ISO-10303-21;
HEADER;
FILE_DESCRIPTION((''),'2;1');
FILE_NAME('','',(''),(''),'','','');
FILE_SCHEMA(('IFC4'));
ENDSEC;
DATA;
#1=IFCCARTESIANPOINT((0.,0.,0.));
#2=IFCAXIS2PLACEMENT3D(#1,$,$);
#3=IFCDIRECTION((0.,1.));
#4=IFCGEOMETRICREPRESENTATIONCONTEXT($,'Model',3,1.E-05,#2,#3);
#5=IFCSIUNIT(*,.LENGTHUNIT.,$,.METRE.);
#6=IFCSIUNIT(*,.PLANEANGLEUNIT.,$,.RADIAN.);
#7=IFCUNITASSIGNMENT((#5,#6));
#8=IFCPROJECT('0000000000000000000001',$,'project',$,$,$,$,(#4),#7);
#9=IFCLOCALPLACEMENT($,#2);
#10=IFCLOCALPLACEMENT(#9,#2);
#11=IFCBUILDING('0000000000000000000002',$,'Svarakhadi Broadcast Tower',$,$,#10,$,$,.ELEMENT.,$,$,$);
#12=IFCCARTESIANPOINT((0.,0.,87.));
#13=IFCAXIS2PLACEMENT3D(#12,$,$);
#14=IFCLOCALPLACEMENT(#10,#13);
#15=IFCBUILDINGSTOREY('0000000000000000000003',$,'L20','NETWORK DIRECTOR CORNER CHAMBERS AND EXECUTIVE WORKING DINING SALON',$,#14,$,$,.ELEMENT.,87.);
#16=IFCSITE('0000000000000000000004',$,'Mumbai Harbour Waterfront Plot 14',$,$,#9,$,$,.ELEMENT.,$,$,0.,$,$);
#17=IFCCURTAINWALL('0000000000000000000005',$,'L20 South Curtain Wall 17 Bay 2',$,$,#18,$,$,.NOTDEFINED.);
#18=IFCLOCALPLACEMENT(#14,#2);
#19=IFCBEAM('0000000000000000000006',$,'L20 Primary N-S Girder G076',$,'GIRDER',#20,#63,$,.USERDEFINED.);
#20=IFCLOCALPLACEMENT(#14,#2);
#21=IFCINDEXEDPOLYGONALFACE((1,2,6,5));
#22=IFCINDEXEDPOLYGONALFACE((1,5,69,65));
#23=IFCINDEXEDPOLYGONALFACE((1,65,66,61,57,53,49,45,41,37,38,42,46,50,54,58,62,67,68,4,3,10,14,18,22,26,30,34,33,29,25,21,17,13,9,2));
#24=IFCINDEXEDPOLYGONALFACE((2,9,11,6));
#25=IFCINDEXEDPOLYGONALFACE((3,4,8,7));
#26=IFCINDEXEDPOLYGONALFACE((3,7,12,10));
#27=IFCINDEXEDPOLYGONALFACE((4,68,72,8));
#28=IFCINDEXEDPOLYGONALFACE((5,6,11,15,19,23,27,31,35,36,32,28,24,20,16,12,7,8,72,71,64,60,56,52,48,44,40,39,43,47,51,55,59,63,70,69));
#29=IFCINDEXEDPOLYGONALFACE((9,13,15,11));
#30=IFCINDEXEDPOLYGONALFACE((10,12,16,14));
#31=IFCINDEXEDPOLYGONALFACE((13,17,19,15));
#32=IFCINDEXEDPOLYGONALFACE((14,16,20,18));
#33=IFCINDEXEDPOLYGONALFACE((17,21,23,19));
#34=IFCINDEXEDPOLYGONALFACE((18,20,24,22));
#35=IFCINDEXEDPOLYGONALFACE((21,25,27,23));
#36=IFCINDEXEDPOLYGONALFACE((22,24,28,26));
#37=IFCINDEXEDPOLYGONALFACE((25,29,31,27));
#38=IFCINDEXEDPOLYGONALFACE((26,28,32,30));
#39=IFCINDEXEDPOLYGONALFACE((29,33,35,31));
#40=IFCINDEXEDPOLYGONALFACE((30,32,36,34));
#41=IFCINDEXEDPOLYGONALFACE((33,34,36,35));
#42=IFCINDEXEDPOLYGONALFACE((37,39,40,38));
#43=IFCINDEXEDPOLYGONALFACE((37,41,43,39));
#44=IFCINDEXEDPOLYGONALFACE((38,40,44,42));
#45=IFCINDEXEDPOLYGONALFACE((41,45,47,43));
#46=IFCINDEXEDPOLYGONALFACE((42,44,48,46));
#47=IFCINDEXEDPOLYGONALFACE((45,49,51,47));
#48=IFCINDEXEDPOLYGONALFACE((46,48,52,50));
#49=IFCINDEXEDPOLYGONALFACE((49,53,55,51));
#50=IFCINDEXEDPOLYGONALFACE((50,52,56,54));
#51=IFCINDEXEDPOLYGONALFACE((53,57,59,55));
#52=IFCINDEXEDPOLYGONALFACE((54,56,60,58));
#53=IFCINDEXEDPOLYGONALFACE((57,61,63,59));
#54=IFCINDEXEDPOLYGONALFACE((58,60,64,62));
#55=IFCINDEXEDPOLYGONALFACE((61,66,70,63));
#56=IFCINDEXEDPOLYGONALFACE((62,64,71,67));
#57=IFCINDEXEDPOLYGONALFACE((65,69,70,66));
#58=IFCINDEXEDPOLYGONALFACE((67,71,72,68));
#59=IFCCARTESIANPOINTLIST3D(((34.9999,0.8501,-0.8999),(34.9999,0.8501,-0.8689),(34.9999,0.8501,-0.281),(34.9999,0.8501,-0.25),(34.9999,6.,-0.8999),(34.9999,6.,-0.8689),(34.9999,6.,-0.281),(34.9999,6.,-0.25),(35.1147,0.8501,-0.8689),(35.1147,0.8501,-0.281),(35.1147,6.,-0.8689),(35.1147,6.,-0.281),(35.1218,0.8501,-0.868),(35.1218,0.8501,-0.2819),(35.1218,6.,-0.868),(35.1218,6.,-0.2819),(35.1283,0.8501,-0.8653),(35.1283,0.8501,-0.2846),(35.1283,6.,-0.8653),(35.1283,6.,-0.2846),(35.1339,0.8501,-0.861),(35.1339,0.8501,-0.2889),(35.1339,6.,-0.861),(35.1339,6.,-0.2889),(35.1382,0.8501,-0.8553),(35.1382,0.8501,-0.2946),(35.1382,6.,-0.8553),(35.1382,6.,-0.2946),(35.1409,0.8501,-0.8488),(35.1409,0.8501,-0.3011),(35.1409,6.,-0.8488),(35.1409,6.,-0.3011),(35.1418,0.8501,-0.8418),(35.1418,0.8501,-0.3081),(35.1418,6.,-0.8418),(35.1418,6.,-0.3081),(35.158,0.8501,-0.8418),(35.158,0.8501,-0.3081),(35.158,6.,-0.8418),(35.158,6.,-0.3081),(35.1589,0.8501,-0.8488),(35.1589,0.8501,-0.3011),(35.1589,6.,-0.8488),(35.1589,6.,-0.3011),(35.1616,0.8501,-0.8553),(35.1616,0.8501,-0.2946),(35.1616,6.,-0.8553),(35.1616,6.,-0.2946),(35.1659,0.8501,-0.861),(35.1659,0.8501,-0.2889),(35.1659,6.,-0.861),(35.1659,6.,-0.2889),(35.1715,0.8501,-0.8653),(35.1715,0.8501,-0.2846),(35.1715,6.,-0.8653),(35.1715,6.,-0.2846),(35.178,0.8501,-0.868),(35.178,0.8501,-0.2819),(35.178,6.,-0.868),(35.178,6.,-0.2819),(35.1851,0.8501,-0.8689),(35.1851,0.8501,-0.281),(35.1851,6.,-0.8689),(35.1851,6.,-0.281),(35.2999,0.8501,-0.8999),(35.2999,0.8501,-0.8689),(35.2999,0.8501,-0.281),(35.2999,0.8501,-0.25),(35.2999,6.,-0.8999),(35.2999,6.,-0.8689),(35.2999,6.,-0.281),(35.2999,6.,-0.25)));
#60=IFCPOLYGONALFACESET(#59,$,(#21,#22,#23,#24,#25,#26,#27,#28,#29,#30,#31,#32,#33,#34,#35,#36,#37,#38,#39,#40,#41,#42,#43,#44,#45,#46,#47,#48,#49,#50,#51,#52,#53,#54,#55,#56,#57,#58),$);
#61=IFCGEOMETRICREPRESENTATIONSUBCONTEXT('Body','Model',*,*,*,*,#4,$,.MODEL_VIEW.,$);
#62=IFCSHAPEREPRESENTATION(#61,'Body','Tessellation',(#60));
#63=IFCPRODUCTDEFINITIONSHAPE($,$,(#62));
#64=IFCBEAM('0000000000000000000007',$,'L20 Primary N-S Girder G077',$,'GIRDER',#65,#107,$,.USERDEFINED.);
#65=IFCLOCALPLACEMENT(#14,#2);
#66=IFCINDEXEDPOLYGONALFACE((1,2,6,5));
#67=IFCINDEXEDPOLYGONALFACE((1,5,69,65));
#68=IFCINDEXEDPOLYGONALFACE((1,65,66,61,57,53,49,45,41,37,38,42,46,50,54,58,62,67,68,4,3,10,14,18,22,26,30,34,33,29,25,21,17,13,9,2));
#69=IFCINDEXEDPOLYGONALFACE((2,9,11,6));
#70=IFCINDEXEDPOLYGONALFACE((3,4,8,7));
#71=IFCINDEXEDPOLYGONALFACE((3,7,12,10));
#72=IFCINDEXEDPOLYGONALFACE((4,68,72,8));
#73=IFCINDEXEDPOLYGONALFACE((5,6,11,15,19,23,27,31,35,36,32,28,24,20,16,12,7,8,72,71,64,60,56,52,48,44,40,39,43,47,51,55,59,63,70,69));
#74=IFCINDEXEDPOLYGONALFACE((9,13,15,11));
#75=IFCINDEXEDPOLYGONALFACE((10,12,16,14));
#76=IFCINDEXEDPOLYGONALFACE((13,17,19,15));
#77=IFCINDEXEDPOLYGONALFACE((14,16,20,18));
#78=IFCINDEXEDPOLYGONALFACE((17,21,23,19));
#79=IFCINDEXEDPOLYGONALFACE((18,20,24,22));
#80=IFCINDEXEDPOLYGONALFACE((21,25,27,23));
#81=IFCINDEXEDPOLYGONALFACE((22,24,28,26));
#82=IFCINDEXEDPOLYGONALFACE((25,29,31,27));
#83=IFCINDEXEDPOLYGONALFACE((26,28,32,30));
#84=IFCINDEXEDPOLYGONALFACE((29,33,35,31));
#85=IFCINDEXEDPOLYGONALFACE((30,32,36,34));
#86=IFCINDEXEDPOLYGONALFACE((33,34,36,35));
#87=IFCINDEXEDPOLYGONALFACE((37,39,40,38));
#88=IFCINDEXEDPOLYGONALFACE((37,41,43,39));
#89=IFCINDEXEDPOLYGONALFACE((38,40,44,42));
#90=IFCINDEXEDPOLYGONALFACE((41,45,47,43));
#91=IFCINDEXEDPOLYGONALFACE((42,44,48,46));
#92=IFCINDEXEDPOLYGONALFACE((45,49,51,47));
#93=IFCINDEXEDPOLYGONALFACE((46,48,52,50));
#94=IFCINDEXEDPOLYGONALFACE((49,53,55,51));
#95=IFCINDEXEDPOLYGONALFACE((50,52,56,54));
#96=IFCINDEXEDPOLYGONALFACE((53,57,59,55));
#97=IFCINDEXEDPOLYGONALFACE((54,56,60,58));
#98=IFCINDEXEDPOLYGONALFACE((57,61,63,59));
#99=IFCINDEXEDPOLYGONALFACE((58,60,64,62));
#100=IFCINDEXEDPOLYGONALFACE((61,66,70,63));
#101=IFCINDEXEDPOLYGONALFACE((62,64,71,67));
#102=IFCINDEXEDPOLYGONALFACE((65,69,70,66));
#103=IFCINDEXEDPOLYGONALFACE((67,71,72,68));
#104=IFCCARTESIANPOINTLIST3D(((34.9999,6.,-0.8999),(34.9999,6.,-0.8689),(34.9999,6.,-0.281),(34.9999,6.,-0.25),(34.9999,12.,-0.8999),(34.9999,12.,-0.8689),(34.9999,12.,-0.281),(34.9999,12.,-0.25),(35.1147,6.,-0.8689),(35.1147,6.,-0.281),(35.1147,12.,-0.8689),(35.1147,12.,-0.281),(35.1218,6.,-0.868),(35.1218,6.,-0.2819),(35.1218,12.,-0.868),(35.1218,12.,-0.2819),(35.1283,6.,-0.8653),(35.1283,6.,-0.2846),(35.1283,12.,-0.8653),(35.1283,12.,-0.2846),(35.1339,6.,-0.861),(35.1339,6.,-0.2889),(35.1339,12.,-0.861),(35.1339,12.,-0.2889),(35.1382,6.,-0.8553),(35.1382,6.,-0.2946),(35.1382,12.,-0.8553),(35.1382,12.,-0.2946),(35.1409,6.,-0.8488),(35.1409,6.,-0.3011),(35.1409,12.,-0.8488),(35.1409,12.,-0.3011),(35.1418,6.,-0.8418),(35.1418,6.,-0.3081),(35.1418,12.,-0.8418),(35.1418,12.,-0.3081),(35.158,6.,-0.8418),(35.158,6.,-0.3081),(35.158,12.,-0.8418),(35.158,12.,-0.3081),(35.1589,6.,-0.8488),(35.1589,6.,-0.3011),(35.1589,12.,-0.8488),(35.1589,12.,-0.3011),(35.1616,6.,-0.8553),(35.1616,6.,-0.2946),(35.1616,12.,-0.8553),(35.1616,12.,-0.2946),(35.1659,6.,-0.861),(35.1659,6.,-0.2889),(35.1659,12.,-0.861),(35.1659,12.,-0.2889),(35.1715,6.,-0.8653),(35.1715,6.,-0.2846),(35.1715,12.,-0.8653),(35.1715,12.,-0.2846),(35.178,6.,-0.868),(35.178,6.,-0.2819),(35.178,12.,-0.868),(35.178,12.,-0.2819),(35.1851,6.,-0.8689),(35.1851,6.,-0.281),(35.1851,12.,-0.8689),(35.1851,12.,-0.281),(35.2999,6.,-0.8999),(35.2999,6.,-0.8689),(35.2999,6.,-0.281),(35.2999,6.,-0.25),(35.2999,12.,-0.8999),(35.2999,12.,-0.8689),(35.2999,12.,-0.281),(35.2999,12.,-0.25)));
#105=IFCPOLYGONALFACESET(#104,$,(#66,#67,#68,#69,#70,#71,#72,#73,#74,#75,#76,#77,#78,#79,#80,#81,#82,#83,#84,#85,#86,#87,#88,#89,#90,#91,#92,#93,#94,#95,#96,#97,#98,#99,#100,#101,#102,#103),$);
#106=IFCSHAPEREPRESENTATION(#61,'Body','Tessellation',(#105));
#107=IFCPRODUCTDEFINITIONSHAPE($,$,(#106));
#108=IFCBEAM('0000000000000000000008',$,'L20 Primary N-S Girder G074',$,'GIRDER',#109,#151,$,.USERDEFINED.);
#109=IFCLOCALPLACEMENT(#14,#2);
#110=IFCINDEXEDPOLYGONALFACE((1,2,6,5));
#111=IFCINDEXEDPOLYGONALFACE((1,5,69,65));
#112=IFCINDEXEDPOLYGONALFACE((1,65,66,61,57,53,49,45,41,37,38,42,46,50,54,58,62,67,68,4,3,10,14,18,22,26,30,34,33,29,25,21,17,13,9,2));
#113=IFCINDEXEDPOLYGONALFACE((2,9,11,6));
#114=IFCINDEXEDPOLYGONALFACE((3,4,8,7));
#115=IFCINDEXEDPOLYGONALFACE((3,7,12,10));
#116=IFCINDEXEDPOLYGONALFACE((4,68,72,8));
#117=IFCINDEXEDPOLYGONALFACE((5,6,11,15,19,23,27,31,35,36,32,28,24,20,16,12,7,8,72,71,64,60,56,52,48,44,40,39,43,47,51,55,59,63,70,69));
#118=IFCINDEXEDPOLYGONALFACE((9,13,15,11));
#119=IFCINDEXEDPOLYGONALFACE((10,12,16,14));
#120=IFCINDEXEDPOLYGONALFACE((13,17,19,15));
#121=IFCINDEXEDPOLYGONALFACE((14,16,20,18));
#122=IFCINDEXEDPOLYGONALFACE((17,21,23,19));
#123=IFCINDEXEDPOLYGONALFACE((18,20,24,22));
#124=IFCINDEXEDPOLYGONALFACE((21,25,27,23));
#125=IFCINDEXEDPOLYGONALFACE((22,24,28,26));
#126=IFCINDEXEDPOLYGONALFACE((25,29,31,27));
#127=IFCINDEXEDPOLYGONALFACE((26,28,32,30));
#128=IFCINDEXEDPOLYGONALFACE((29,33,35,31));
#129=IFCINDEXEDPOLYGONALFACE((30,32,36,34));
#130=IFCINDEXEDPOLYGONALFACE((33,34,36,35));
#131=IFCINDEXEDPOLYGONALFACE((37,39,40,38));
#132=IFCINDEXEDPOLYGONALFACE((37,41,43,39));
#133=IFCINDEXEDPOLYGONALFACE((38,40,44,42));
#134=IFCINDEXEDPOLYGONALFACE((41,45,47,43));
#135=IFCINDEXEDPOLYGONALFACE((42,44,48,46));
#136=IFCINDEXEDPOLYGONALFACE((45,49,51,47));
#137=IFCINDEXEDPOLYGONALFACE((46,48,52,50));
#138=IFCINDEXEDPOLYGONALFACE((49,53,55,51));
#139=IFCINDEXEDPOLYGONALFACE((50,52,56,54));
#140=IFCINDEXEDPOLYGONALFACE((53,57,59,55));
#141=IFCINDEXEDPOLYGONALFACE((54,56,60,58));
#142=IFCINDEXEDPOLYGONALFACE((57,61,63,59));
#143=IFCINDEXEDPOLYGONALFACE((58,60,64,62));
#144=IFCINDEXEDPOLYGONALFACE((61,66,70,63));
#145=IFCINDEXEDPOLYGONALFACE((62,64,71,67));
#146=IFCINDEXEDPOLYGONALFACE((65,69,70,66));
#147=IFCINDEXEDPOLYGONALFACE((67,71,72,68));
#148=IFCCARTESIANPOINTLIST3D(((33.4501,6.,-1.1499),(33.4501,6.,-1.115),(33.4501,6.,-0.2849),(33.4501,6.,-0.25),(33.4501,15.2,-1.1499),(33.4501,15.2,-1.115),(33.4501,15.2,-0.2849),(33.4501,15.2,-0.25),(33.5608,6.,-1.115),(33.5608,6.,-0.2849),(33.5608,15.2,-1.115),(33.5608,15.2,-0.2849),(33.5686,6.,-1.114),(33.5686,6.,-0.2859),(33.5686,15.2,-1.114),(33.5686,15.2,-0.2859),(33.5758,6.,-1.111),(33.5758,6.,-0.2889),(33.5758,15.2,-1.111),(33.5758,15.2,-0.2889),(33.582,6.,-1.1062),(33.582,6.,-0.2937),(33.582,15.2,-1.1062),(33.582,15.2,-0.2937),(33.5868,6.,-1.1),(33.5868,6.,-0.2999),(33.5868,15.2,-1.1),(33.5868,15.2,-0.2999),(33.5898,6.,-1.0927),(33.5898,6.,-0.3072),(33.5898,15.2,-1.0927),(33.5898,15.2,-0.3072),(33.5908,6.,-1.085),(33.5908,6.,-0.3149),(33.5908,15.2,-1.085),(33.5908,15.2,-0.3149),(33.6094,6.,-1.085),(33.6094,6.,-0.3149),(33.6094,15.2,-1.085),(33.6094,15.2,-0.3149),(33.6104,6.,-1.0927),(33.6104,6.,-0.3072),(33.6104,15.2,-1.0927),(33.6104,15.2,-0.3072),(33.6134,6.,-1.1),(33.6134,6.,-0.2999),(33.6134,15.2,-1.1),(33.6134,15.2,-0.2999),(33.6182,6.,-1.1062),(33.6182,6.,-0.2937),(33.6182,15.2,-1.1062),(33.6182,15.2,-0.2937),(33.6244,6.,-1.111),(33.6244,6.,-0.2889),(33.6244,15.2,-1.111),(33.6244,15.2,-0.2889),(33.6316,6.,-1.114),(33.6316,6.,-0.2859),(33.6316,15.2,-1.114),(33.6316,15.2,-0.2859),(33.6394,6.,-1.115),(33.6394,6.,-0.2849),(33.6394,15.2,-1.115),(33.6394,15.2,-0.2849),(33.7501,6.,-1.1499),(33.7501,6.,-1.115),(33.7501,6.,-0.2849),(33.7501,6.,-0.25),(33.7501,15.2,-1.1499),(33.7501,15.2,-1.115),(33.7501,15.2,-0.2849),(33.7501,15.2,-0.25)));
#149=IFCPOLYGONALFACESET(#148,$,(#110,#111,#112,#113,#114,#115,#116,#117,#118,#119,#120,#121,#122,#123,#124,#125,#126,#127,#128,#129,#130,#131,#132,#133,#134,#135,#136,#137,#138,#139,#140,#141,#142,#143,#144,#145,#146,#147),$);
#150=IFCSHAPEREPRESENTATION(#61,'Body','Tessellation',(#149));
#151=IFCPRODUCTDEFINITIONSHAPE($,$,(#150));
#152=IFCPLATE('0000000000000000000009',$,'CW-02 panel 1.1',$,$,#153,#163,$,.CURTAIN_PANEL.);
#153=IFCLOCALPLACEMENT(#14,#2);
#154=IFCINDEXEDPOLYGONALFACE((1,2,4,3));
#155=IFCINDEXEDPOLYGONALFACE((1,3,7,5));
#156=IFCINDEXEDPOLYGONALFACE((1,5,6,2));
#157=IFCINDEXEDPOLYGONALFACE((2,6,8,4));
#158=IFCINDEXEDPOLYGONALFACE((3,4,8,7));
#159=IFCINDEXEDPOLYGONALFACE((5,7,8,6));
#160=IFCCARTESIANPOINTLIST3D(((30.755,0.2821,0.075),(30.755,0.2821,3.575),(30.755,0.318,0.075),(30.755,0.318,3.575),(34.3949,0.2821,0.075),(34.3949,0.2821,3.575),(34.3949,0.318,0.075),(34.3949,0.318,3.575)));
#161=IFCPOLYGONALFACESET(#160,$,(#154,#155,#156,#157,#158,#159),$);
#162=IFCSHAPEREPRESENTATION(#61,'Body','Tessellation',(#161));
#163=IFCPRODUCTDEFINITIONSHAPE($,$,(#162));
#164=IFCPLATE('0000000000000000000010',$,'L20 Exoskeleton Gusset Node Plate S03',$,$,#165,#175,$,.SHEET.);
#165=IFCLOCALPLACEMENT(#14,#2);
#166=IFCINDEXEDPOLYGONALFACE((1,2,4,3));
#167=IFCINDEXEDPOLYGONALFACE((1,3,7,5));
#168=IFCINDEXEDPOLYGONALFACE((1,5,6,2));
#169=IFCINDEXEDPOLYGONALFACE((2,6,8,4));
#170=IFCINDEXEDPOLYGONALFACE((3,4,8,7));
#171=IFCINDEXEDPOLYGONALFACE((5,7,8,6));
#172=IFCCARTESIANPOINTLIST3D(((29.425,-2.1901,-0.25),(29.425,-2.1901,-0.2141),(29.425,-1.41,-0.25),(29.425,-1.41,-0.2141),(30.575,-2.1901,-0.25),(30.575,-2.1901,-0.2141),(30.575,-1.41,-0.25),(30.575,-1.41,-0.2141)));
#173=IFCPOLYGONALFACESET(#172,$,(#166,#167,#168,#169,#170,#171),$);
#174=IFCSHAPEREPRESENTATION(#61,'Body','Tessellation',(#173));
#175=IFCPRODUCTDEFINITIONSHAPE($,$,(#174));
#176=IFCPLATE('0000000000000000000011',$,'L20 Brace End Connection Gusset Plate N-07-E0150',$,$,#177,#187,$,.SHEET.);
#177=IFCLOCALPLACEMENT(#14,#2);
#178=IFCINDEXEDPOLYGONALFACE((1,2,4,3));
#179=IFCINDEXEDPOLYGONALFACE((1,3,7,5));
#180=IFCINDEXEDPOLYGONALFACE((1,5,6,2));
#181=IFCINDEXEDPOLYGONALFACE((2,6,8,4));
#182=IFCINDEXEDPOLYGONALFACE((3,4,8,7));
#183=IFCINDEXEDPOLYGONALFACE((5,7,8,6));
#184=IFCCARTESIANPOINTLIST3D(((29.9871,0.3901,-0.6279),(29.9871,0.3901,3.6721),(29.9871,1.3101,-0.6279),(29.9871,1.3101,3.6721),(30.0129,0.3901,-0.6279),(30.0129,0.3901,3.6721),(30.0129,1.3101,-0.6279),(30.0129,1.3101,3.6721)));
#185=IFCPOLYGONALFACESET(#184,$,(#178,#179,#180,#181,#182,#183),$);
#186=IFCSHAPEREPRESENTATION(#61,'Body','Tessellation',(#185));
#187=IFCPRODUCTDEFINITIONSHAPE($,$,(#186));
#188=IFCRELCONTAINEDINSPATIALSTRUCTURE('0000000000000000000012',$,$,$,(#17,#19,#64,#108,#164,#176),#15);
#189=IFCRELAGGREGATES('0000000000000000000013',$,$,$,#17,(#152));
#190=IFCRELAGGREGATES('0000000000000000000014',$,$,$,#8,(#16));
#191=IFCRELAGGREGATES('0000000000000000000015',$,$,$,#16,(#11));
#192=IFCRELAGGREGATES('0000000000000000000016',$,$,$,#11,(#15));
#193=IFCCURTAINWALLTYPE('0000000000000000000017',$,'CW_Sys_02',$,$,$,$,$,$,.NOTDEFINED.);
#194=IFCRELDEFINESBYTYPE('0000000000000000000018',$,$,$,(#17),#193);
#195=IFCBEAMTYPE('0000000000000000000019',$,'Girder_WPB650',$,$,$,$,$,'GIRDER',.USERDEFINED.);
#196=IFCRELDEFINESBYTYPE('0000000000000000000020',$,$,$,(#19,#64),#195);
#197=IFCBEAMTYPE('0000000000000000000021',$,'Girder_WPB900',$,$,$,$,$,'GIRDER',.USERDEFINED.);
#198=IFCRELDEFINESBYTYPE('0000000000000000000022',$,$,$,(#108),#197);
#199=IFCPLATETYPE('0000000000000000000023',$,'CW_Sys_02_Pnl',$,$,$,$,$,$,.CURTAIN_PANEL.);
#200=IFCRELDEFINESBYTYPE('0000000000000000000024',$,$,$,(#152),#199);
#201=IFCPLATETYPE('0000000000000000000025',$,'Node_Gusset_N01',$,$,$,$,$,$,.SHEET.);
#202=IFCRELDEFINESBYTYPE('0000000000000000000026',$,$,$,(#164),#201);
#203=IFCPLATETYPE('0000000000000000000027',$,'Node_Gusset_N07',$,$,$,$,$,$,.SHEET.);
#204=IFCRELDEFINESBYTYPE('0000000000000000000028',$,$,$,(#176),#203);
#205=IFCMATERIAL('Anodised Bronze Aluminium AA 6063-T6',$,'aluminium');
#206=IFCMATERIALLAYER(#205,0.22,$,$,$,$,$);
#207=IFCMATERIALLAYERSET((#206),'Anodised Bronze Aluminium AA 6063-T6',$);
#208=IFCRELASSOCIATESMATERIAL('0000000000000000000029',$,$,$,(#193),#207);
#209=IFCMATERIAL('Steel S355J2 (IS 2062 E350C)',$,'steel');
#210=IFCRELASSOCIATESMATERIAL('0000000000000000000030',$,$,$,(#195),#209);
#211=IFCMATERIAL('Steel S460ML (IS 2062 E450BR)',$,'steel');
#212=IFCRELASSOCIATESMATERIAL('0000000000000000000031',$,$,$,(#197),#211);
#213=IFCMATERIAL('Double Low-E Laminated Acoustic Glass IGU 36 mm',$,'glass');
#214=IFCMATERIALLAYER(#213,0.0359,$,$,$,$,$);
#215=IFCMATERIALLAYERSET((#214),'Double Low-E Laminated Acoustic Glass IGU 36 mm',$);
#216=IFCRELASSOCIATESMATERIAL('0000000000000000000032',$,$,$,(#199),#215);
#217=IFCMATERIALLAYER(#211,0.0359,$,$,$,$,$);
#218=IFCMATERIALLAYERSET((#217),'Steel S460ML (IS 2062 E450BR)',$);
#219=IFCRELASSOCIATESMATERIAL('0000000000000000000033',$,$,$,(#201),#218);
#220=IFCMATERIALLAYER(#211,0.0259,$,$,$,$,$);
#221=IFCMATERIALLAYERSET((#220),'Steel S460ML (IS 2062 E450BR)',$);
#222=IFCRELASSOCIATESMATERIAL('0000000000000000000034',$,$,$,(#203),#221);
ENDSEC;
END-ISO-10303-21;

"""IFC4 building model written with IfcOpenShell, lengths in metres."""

from ifc_helpers import new_model, si_unit, direction, frame, origin, origin_2d, place, context, subcontext, project, spatial, rectangle, i_section, extrude, material, layer, layer_set, material_profile, profile_set, type_object, element, aggregate, save


model = new_model("IFC4")

# Units and contexts
model_context = context("Model", 3, precision=1e-05, world=origin(), true_north=direction((0.0, 1.0)))
body_context = subcontext(model_context, "Body", "Model", "MODEL_VIEW")
ifc_project = project(units=[si_unit("LENGTHUNIT", "METRE"), si_unit("PLANEANGLEUNIT", "RADIAN")], contexts=[model_context])

# Site, building, storey
site_placement = place(None, origin())
site = spatial("IfcSite", under=ifc_project, at=site_placement, Name="Mumbai Harbour Waterfront Plot 14", CompositionType="ELEMENT", RefElevation=0.0)
building_placement = place(site_placement, origin())
building = spatial("IfcBuilding", under=site, at=building_placement, Name="Svarakhadi Broadcast Tower", CompositionType="ELEMENT")
storey_placement = place(building_placement, frame((0.0, 0.0, 87.0)))
storey = spatial("IfcBuildingStorey", under=building, at=storey_placement, Name="L20", Description="NETWORK DIRECTOR CORNER CHAMBERS AND EXECUTIVE WORKING DINING SALON", CompositionType="ELEMENT", Elevation=87.0)

# Shared definitions
ifc_material_1 = material(Name="Steel S460ML (IS 2062 E450BR)", Category="steel")

# Curtain wall
ifc_material_2 = material(Name="Anodised Bronze Aluminium AA 6063-T6", Category="aluminium")
ifc_layer_1 = layer(ifc_material_2, 0.22)
ifc_layer_set_1 = layer_set([ifc_layer_1], Name="Anodised Bronze Aluminium AA 6063-T6")
curtain_wall_type = type_object("IfcCurtainWallType", Name="CW_Sys_02", PredefinedType="NOTDEFINED", material=ifc_layer_set_1)
curtain_wall_1_placement = place(storey_placement, origin())
curtain_wall_1 = element("IfcCurtainWall", 1, at=curtain_wall_1_placement, inside=storey, type_object=curtain_wall_type, Name="L20 South Curtain Wall 17 Bay 2", PredefinedType="NOTDEFINED")

# Beams
ifc_material_3 = material(Name="Steel S355J2 (IS 2062 E350C)", Category="steel")
ifc_material_profile_1 = material_profile(ifc_material_3, i_section(OverallWidth=0.3, OverallDepth=0.6499, WebThickness=0.0161, FlangeThickness=0.031, FilletRadius=0.0271, at=origin_2d()), Name="WPB 650x300x225")
ifc_profile_set_1 = profile_set([ifc_material_profile_1], Name="Steel S355J2 (IS 2062 E350C)")
beam_type_1 = type_object("IfcBeamType", Name="Girder_WPB650", ElementType="GIRDER", PredefinedType="USERDEFINED", material=ifc_profile_set_1)
beam_1_placement = place(storey_placement, frame((35.1499, 0.8501, -0.575), z_axis=(0.0, 1.0, 0.0), x_axis=(-1.0, 0.0, 0.0)))
element("IfcBeam", 2, at=beam_1_placement, inside=storey, type_object=beam_type_1, Name="L20 Primary N-S Girder G076", ObjectType="GIRDER", PredefinedType="USERDEFINED", context=body_context, shape_type="SweptSolid", body=[
    extrude(i_section(OverallWidth=0.3, OverallDepth=0.6499, WebThickness=0.0161, FlangeThickness=0.031, FilletRadius=0.0271, at=origin_2d()), origin(), (0.0, 0.0, 1.0), 5.1499),
])
beam_2_placement = place(storey_placement, frame((35.1499, 6.0, -0.575), z_axis=(0.0, 1.0, 0.0), x_axis=(-1.0, 0.0, 0.0)))
element("IfcBeam", 3, at=beam_2_placement, inside=storey, type_object=beam_type_1, Name="L20 Primary N-S Girder G077", ObjectType="GIRDER", PredefinedType="USERDEFINED", context=body_context, shape_type="SweptSolid", body=[
    extrude(i_section(OverallWidth=0.3, OverallDepth=0.6499, WebThickness=0.0161, FlangeThickness=0.031, FilletRadius=0.0271, at=origin_2d()), origin(), (0.0, 0.0, 1.0), 6.0),
])
ifc_material_profile_2 = material_profile(ifc_material_1, i_section(OverallWidth=0.3, OverallDepth=0.8999, WebThickness=0.0186, FlangeThickness=0.0349, FilletRadius=0.03, at=origin_2d()), Name="WPB 900x300x291")
ifc_profile_set_2 = profile_set([ifc_material_profile_2], Name="Steel S460ML (IS 2062 E450BR)")
beam_type_2 = type_object("IfcBeamType", Name="Girder_WPB900", ElementType="GIRDER", PredefinedType="USERDEFINED", material=ifc_profile_set_2)
beam_3_placement = place(storey_placement, frame((33.6001, 6.0, -0.7), z_axis=(0.0, 1.0, 0.0), x_axis=(-1.0, 0.0, 0.0)))
element("IfcBeam", 4, at=beam_3_placement, inside=storey, type_object=beam_type_2, Name="L20 Primary N-S Girder G074", ObjectType="GIRDER", PredefinedType="USERDEFINED", context=body_context, shape_type="SweptSolid", body=[
    extrude(i_section(OverallWidth=0.3, OverallDepth=0.8999, WebThickness=0.0186, FlangeThickness=0.0349, FilletRadius=0.03, at=origin_2d()), origin(), (0.0, 0.0, 1.0), 9.2),
])

# Plate
ifc_material_4 = material(Name="Double Low-E Laminated Acoustic Glass IGU 36 mm", Category="glass")
ifc_layer_2 = layer(ifc_material_4, 0.0359)
ifc_layer_set_2 = layer_set([ifc_layer_2], Name="Double Low-E Laminated Acoustic Glass IGU 36 mm")
plate_type_1 = type_object("IfcPlateType", Name="CW_Sys_02_Pnl", PredefinedType="CURTAIN_PANEL", material=ifc_layer_set_2)
plate_1_placement = place(storey_placement, frame((32.575, 0.3, 0.075), z_axis=(0.0, 0.0, 1.0), x_axis=(-1.0, 0.0, 0.0)))
plate_1 = element("IfcPlate", 5, at=plate_1_placement, type_object=plate_type_1, Name="CW-02 panel 1.1", PredefinedType="CURTAIN_PANEL", context=body_context, shape_type="SweptSolid", body=[
    extrude(rectangle(XDim=3.6399, YDim=0.0359, at=origin_2d()), origin(), (0.0, 0.0, 1.0), 3.5),
])
aggregate(curtain_wall_1, [plate_1])

# Plates
ifc_layer_3 = layer(ifc_material_1, 0.0359)
ifc_layer_set_3 = layer_set([ifc_layer_3], Name="Steel S460ML (IS 2062 E450BR)")
plate_type_2 = type_object("IfcPlateType", Name="Node_Gusset_N01", PredefinedType="SHEET", material=ifc_layer_set_3)
plate_2_placement = place(storey_placement, frame((30.0, -1.8, -0.25), z_axis=(0.0, 0.0, 1.0), x_axis=(1.0, 0.0, 0.0)))
element("IfcPlate", 6, at=plate_2_placement, inside=storey, type_object=plate_type_2, Name="L20 Exoskeleton Gusset Node Plate S03", PredefinedType="SHEET", context=body_context, shape_type="SweptSolid", body=[
    extrude(rectangle(XDim=1.1499, YDim=0.78, at=origin_2d()), origin(), (0.0, 0.0, 1.0), 0.0359),
])
ifc_layer_4 = layer(ifc_material_1, 0.0259)
ifc_layer_set_4 = layer_set([ifc_layer_4], Name="Steel S460ML (IS 2062 E450BR)")
plate_type_3 = type_object("IfcPlateType", Name="Node_Gusset_N07", PredefinedType="SHEET", material=ifc_layer_set_4)
plate_3_placement = place(storey_placement, frame((30.0, 0.8501, -0.6279), z_axis=(0.0, 0.0, 1.0), x_axis=(0.0, 1.0, 0.0)))
element("IfcPlate", 7, at=plate_3_placement, inside=storey, type_object=plate_type_3, Name="L20 Brace End Connection Gusset Plate N-07-E0150", PredefinedType="SHEET", context=body_context, shape_type="SweptSolid", body=[
    extrude(rectangle(XDim=0.9199, YDim=0.0259, at=origin_2d()), origin(), (0.0, 0.0, 1.0), 4.3),
])

save(model, "model.ifc")
